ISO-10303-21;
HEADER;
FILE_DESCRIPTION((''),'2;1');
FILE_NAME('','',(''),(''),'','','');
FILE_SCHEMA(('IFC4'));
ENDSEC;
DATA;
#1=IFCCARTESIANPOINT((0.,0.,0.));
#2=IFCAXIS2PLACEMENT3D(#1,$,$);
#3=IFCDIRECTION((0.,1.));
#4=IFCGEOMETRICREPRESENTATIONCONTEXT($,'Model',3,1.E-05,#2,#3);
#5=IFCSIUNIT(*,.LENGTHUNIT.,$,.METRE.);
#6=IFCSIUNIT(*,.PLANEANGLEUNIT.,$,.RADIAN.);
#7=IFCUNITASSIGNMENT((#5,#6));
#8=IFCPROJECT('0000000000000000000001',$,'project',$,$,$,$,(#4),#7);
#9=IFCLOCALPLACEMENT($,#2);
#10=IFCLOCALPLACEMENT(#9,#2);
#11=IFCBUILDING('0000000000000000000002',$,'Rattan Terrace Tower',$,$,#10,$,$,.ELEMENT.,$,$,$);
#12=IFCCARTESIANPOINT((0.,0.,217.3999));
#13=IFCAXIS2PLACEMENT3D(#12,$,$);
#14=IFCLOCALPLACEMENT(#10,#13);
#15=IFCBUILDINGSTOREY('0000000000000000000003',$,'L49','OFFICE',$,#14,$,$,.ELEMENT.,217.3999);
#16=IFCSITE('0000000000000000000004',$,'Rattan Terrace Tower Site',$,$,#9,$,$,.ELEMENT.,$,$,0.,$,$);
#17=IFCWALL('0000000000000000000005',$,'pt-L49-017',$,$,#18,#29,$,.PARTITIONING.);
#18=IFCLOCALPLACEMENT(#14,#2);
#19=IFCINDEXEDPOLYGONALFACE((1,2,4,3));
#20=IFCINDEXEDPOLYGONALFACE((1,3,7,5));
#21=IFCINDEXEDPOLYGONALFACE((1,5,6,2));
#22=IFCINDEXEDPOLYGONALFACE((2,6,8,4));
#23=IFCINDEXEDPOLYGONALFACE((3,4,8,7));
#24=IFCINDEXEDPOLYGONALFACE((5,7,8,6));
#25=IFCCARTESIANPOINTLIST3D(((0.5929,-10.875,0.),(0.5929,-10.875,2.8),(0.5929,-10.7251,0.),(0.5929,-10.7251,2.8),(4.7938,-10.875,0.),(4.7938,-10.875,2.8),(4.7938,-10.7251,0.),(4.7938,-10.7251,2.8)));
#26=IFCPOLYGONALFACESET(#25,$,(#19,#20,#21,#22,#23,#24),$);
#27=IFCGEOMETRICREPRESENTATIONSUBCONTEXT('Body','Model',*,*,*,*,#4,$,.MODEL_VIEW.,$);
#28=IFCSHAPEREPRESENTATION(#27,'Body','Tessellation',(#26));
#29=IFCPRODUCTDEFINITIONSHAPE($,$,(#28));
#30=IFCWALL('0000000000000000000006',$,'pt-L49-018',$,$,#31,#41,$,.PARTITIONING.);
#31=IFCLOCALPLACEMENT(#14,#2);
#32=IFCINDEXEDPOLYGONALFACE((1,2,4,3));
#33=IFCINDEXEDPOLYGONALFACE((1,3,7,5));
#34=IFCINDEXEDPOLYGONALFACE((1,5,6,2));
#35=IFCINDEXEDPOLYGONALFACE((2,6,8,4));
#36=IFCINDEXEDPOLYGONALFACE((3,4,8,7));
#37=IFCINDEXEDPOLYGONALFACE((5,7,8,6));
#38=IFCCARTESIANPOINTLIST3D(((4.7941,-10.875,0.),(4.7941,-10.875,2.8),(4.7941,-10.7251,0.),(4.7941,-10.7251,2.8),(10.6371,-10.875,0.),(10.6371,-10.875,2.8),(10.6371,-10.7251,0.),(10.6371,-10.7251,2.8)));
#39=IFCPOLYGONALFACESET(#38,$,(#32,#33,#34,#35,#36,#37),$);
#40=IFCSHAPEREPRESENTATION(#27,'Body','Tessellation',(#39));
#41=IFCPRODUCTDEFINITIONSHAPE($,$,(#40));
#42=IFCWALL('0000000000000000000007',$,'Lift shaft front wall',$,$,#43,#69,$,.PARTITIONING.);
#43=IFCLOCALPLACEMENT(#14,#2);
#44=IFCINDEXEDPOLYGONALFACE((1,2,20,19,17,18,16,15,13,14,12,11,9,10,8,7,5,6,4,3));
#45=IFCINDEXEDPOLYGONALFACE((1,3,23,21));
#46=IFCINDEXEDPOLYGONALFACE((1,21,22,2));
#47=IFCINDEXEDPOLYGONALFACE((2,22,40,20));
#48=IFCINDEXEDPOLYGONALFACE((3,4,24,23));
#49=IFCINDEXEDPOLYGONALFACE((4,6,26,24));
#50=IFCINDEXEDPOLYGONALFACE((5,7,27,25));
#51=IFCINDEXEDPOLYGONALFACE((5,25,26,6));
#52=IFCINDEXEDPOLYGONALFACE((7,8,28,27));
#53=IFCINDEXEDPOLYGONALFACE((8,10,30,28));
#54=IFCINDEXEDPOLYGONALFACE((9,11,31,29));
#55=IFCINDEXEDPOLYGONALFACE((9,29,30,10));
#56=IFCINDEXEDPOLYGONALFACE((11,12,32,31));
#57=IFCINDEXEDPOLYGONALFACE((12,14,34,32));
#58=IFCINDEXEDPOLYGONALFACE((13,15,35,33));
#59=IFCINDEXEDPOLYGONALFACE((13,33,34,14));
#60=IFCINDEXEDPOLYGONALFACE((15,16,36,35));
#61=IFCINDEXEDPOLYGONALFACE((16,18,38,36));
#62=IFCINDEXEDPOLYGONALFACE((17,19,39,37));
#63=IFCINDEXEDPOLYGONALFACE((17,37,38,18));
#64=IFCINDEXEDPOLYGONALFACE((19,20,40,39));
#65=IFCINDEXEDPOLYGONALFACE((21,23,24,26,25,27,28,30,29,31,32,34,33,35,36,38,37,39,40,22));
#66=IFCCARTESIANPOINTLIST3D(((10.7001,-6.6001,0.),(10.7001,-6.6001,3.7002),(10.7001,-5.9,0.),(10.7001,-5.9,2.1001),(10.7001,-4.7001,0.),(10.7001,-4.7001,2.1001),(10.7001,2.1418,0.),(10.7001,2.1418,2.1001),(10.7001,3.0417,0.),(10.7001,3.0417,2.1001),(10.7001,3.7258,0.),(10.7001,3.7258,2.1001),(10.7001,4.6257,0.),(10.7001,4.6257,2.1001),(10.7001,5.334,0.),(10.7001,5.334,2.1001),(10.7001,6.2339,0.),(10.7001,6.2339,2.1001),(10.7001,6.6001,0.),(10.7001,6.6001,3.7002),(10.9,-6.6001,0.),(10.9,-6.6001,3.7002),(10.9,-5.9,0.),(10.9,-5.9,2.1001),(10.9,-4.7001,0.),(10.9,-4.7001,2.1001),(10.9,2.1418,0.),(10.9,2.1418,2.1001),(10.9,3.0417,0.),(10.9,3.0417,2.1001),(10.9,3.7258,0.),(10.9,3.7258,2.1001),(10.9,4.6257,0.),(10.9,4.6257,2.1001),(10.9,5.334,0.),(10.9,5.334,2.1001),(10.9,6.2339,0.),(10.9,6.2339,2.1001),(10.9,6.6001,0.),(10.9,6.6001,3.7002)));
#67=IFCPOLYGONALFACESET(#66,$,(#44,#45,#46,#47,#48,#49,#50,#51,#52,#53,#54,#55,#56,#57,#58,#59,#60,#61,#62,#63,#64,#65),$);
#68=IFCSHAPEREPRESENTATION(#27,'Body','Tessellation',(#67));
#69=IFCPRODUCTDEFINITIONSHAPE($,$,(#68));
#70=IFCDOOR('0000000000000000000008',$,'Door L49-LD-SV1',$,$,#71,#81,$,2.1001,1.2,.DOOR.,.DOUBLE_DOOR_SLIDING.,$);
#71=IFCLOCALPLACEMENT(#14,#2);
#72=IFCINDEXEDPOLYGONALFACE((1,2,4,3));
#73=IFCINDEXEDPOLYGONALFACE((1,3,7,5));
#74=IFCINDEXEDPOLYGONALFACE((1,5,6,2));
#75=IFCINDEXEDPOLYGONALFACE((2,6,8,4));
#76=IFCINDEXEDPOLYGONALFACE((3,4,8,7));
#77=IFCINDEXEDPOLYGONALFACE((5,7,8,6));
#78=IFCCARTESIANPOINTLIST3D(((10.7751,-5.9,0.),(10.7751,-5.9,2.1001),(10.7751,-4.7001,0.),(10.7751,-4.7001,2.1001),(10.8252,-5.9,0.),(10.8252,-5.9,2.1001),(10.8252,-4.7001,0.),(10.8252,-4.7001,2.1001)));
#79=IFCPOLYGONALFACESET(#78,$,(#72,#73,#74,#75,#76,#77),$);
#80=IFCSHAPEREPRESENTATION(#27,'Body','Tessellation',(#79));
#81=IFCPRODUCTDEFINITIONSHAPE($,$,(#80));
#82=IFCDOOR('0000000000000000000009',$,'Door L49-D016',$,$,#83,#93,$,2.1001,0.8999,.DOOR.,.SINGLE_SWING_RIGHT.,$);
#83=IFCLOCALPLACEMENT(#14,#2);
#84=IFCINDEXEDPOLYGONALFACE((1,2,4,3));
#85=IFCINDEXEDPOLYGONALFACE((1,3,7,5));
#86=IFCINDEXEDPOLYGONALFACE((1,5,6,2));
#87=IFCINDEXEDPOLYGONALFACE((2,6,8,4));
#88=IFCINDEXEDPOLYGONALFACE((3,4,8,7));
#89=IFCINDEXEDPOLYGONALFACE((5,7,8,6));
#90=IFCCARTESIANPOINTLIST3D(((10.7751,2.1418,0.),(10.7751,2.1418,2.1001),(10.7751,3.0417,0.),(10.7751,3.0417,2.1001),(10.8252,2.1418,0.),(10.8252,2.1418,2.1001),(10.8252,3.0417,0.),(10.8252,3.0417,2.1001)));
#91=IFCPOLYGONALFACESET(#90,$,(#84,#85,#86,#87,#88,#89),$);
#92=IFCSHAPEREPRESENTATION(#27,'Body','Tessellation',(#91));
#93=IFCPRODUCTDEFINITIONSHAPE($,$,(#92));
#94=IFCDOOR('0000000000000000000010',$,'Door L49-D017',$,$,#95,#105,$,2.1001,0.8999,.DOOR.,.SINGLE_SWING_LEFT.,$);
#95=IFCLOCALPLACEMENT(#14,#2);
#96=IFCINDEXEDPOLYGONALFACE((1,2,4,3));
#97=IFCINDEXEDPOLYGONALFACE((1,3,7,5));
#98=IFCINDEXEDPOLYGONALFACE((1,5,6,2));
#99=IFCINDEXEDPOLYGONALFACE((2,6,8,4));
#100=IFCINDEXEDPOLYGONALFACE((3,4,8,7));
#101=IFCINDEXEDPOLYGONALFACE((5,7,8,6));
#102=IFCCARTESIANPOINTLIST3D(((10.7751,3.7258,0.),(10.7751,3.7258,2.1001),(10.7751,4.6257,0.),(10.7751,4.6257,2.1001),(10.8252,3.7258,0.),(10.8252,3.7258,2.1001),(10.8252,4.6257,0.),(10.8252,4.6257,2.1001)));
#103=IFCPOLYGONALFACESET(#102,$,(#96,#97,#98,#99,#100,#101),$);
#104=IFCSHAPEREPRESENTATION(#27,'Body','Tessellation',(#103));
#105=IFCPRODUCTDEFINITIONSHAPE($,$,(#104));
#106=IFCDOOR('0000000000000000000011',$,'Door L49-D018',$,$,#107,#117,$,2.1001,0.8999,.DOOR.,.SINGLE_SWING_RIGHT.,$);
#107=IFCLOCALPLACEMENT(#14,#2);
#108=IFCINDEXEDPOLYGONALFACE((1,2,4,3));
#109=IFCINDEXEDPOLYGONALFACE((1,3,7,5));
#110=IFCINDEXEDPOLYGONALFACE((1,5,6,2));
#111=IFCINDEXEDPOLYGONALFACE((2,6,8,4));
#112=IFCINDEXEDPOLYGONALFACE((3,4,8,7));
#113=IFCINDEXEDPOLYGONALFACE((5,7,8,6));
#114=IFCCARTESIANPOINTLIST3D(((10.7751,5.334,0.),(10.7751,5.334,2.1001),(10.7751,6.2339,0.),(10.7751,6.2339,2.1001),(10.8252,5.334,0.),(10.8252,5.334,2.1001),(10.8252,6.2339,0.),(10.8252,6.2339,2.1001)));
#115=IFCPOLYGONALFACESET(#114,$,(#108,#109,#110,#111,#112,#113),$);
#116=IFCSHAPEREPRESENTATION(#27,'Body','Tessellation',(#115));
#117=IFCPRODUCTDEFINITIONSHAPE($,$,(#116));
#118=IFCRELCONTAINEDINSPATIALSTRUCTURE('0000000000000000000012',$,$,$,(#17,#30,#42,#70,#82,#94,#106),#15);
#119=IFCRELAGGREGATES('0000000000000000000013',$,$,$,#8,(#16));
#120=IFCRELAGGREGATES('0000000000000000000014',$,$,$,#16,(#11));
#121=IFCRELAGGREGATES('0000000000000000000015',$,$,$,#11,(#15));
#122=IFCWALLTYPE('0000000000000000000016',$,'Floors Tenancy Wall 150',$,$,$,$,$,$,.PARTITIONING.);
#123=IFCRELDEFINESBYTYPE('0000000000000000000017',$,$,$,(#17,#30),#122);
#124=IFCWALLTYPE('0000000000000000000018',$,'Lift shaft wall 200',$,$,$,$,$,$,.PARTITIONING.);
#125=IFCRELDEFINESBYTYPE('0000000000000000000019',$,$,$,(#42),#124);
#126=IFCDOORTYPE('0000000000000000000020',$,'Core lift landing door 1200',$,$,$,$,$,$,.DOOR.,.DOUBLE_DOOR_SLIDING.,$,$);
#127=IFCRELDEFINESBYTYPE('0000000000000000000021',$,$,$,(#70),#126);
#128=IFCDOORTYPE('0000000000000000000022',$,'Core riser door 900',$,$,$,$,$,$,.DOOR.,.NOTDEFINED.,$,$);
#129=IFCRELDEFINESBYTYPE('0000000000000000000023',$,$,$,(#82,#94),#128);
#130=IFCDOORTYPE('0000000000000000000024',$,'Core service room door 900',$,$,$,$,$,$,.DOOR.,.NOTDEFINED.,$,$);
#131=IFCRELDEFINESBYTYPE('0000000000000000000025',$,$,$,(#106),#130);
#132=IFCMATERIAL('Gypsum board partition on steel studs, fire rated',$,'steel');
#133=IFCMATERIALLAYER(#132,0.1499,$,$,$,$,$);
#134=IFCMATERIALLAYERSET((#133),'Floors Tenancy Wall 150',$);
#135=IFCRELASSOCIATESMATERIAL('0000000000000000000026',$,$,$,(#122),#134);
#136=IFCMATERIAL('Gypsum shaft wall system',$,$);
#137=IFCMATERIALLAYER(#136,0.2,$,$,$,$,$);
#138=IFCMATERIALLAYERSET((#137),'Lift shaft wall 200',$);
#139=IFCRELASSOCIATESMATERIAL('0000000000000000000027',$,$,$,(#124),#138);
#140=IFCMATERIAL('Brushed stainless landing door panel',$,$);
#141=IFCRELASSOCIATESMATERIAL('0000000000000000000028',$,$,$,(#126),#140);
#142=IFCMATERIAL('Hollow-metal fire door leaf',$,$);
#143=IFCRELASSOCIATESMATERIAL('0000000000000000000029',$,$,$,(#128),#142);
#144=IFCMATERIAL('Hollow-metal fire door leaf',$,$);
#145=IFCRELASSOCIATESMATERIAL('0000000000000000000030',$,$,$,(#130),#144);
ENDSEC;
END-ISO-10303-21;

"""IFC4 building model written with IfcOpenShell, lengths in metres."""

from ifc_helpers import new_model, si_unit, direction, frame, frame_2d, origin, place, context, subcontext, project, spatial, rectangle, extrude, material, layer, layer_set, type_object, element, fill, save


model = new_model("IFC4")

# Units and contexts
model_context = context("Model", 3, precision=1e-05, world=origin(), true_north=direction((0.0, 1.0)))
body_context = subcontext(model_context, "Body", "Model", "MODEL_VIEW")
ifc_project = project(units=[si_unit("LENGTHUNIT", "METRE"), si_unit("PLANEANGLEUNIT", "RADIAN")], contexts=[model_context])

# Site, building, storey
site_placement = place(None, origin())
site = spatial("IfcSite", under=ifc_project, at=site_placement, Name="Rattan Terrace Tower Site", CompositionType="ELEMENT", RefElevation=0.0)
building_placement = place(site_placement, origin())
building = spatial("IfcBuilding", under=site, at=building_placement, Name="Rattan Terrace Tower", CompositionType="ELEMENT")
storey_placement = place(building_placement, frame((0.0, 0.0, 217.3999)))
storey = spatial("IfcBuildingStorey", under=building, at=storey_placement, Name="L49", Description="OFFICE", CompositionType="ELEMENT", Elevation=217.3999)

# Walls
ifc_material_1 = material(Name="Gypsum board partition on steel studs, fire rated", Category="steel")
ifc_layer_1 = layer(ifc_material_1, 0.1499)
ifc_layer_set_1 = layer_set([ifc_layer_1], Name="Floors Tenancy Wall 150")
wall_type_1 = type_object("IfcWallType", Name="Floors Tenancy Wall 150", PredefinedType="PARTITIONING", material=ifc_layer_set_1)
wall_1_placement = place(storey_placement, frame((4.7939, -10.8, 0.0), z_axis=(0.0, 0.0, 1.0), x_axis=(-1.0, 0.0, 0.0)))
element("IfcWall", 1, at=wall_1_placement, inside=storey, type_object=wall_type_1, Name="pt-L49-017", PredefinedType="PARTITIONING", context=body_context, shape_type="SweptSolid", body=[
    extrude(rectangle(XDim=4.2009, YDim=0.1499, at=frame_2d((2.1006, 0.0))), origin(), (0.0, 0.0, 1.0), 2.8),
])
wall_2_placement = place(storey_placement, frame((10.637, -10.8, 0.0), z_axis=(0.0, 0.0, 1.0), x_axis=(-1.0, 0.0, 0.0)))
element("IfcWall", 2, at=wall_2_placement, inside=storey, type_object=wall_type_1, Name="pt-L49-018", PredefinedType="PARTITIONING", context=body_context, shape_type="SweptSolid", body=[
    extrude(rectangle(XDim=5.843, YDim=0.1499, at=frame_2d((2.9214, 0.0))), origin(), (0.0, 0.0, 1.0), 2.8),
])

# Wall, openings, doors
ifc_material_2 = material(Name="Gypsum shaft wall system")
ifc_layer_2 = layer(ifc_material_2, 0.2)
ifc_layer_set_2 = layer_set([ifc_layer_2], Name="Lift shaft wall 200")
wall_type_2 = type_object("IfcWallType", Name="Lift shaft wall 200", PredefinedType="PARTITIONING", material=ifc_layer_set_2)
wall_3_placement = place(storey_placement, frame((10.8, -6.6001, 0.0), z_axis=(0.0, 0.0, 1.0), x_axis=(0.0, 1.0, 0.0)))
wall_3 = element("IfcWall", 3, at=wall_3_placement, inside=storey, type_object=wall_type_2, Name="Lift shaft front wall", PredefinedType="PARTITIONING", context=body_context, shape_type="SweptSolid", body=[
    extrude(rectangle(XDim=13.2002, YDim=0.2, at=frame_2d((6.6001, 0.0))), origin(), (0.0, 0.0, 1.0), 3.7002),
])
opening_1_placement = place(wall_3_placement, frame((0.7, 0.0, 0.0)))
opening_1 = element("IfcOpeningElement", 4, at=opening_1_placement, cuts=wall_3, PredefinedType="OPENING", context=body_context, shape_type="SweptSolid", body=[
    extrude(rectangle(XDim=1.2, YDim=2.1001, at=frame_2d((0.6001, 1.05))), frame((0.0, 0.1106, 0.0), z_axis=(0.0, -1.0, 0.0), x_axis=(1.0, 0.0, 0.0)), (0.0, 0.0, 1.0), 0.2209),
])
opening_2_placement = place(wall_3_placement, frame((8.7419, 0.0, 0.0)))
opening_2 = element("IfcOpeningElement", 5, at=opening_2_placement, cuts=wall_3, PredefinedType="OPENING", context=body_context, shape_type="SweptSolid", body=[
    extrude(rectangle(XDim=0.8999, YDim=2.1001, at=frame_2d((0.45, 1.05))), frame((0.0, 0.1106, 0.0), z_axis=(0.0, -1.0, 0.0), x_axis=(1.0, 0.0, 0.0)), (0.0, 0.0, 1.0), 0.2209),
])
opening_3_placement = place(wall_3_placement, frame((10.3259, 0.0, 0.0)))
opening_3 = element("IfcOpeningElement", 6, at=opening_3_placement, cuts=wall_3, PredefinedType="OPENING", context=body_context, shape_type="SweptSolid", body=[
    extrude(rectangle(XDim=0.8999, YDim=2.1001, at=frame_2d((0.45, 1.05))), frame((0.0, 0.1106, 0.0), z_axis=(0.0, -1.0, 0.0), x_axis=(1.0, 0.0, 0.0)), (0.0, 0.0, 1.0), 0.2209),
])
opening_4_placement = place(wall_3_placement, frame((11.9341, 0.0, 0.0)))
opening_4 = element("IfcOpeningElement", 7, at=opening_4_placement, cuts=wall_3, PredefinedType="OPENING", context=body_context, shape_type="SweptSolid", body=[
    extrude(rectangle(XDim=0.8999, YDim=2.1001, at=frame_2d((0.45, 1.05))), frame((0.0, 0.1106, 0.0), z_axis=(0.0, -1.0, 0.0), x_axis=(1.0, 0.0, 0.0)), (0.0, 0.0, 1.0), 0.2209),
])
ifc_material_3 = material(Name="Brushed stainless landing door panel")
door_type_1 = type_object("IfcDoorType", Name="Core lift landing door 1200", OperationType="DOUBLE_DOOR_SLIDING", PredefinedType="DOOR", material=ifc_material_3)
door_1_placement = place(opening_1_placement, origin())
door_1 = element("IfcDoor", 8, at=door_1_placement, inside=storey, type_object=door_type_1, Name="Door L49-LD-SV1", OperationType="DOUBLE_DOOR_SLIDING", OverallHeight=2.1001, OverallWidth=1.2, PredefinedType="DOOR", context=body_context, shape_type="SweptSolid", body=[
    extrude(rectangle(XDim=1.2, YDim=2.1001, at=frame_2d((0.6001, 1.05))), frame((0.0, 0.0249, 0.0), z_axis=(0.0, -1.0, 0.0), x_axis=(1.0, 0.0, 0.0)), (0.0, 0.0, 1.0), 0.05),
])
fill(opening_1, door_1)
ifc_material_4 = material(Name="Hollow-metal fire door leaf")
door_type_2 = type_object("IfcDoorType", Name="Core riser door 900", OperationType="NOTDEFINED", PredefinedType="DOOR", material=ifc_material_4)
door_2_placement = place(opening_2_placement, origin())
door_2 = element("IfcDoor", 9, at=door_2_placement, inside=storey, type_object=door_type_2, Name="Door L49-D016", OperationType="SINGLE_SWING_RIGHT", OverallHeight=2.1001, OverallWidth=0.8999, PredefinedType="DOOR", context=body_context, shape_type="SweptSolid", body=[
    extrude(rectangle(XDim=0.8999, YDim=2.1001, at=frame_2d((0.45, 1.05))), frame((0.0, 0.0249, 0.0), z_axis=(0.0, -1.0, 0.0), x_axis=(1.0, 0.0, 0.0)), (0.0, 0.0, 1.0), 0.05),
])
fill(opening_2, door_2)
door_3_placement = place(opening_3_placement, origin())
door_3 = element("IfcDoor", 10, at=door_3_placement, inside=storey, type_object=door_type_2, Name="Door L49-D017", OperationType="SINGLE_SWING_LEFT", OverallHeight=2.1001, OverallWidth=0.8999, PredefinedType="DOOR", context=body_context, shape_type="SweptSolid", body=[
    extrude(rectangle(XDim=0.8999, YDim=2.1001, at=frame_2d((0.45, 1.05))), frame((0.0, 0.0249, 0.0), z_axis=(0.0, -1.0, 0.0), x_axis=(1.0, 0.0, 0.0)), (0.0, 0.0, 1.0), 0.05),
])
fill(opening_3, door_3)
ifc_material_5 = material(Name="Hollow-metal fire door leaf")
door_type_3 = type_object("IfcDoorType", Name="Core service room door 900", OperationType="NOTDEFINED", PredefinedType="DOOR", material=ifc_material_5)
door_4_placement = place(opening_4_placement, origin())
door_4 = element("IfcDoor", 11, at=door_4_placement, inside=storey, type_object=door_type_3, Name="Door L49-D018", OperationType="SINGLE_SWING_RIGHT", OverallHeight=2.1001, OverallWidth=0.8999, PredefinedType="DOOR", context=body_context, shape_type="SweptSolid", body=[
    extrude(rectangle(XDim=0.8999, YDim=2.1001, at=frame_2d((0.45, 1.05))), frame((0.0, 0.0249, 0.0), z_axis=(0.0, -1.0, 0.0), x_axis=(1.0, 0.0, 0.0)), (0.0, 0.0, 1.0), 0.05),
])
fill(opening_4, door_4)

save(model, "model.ifc")
